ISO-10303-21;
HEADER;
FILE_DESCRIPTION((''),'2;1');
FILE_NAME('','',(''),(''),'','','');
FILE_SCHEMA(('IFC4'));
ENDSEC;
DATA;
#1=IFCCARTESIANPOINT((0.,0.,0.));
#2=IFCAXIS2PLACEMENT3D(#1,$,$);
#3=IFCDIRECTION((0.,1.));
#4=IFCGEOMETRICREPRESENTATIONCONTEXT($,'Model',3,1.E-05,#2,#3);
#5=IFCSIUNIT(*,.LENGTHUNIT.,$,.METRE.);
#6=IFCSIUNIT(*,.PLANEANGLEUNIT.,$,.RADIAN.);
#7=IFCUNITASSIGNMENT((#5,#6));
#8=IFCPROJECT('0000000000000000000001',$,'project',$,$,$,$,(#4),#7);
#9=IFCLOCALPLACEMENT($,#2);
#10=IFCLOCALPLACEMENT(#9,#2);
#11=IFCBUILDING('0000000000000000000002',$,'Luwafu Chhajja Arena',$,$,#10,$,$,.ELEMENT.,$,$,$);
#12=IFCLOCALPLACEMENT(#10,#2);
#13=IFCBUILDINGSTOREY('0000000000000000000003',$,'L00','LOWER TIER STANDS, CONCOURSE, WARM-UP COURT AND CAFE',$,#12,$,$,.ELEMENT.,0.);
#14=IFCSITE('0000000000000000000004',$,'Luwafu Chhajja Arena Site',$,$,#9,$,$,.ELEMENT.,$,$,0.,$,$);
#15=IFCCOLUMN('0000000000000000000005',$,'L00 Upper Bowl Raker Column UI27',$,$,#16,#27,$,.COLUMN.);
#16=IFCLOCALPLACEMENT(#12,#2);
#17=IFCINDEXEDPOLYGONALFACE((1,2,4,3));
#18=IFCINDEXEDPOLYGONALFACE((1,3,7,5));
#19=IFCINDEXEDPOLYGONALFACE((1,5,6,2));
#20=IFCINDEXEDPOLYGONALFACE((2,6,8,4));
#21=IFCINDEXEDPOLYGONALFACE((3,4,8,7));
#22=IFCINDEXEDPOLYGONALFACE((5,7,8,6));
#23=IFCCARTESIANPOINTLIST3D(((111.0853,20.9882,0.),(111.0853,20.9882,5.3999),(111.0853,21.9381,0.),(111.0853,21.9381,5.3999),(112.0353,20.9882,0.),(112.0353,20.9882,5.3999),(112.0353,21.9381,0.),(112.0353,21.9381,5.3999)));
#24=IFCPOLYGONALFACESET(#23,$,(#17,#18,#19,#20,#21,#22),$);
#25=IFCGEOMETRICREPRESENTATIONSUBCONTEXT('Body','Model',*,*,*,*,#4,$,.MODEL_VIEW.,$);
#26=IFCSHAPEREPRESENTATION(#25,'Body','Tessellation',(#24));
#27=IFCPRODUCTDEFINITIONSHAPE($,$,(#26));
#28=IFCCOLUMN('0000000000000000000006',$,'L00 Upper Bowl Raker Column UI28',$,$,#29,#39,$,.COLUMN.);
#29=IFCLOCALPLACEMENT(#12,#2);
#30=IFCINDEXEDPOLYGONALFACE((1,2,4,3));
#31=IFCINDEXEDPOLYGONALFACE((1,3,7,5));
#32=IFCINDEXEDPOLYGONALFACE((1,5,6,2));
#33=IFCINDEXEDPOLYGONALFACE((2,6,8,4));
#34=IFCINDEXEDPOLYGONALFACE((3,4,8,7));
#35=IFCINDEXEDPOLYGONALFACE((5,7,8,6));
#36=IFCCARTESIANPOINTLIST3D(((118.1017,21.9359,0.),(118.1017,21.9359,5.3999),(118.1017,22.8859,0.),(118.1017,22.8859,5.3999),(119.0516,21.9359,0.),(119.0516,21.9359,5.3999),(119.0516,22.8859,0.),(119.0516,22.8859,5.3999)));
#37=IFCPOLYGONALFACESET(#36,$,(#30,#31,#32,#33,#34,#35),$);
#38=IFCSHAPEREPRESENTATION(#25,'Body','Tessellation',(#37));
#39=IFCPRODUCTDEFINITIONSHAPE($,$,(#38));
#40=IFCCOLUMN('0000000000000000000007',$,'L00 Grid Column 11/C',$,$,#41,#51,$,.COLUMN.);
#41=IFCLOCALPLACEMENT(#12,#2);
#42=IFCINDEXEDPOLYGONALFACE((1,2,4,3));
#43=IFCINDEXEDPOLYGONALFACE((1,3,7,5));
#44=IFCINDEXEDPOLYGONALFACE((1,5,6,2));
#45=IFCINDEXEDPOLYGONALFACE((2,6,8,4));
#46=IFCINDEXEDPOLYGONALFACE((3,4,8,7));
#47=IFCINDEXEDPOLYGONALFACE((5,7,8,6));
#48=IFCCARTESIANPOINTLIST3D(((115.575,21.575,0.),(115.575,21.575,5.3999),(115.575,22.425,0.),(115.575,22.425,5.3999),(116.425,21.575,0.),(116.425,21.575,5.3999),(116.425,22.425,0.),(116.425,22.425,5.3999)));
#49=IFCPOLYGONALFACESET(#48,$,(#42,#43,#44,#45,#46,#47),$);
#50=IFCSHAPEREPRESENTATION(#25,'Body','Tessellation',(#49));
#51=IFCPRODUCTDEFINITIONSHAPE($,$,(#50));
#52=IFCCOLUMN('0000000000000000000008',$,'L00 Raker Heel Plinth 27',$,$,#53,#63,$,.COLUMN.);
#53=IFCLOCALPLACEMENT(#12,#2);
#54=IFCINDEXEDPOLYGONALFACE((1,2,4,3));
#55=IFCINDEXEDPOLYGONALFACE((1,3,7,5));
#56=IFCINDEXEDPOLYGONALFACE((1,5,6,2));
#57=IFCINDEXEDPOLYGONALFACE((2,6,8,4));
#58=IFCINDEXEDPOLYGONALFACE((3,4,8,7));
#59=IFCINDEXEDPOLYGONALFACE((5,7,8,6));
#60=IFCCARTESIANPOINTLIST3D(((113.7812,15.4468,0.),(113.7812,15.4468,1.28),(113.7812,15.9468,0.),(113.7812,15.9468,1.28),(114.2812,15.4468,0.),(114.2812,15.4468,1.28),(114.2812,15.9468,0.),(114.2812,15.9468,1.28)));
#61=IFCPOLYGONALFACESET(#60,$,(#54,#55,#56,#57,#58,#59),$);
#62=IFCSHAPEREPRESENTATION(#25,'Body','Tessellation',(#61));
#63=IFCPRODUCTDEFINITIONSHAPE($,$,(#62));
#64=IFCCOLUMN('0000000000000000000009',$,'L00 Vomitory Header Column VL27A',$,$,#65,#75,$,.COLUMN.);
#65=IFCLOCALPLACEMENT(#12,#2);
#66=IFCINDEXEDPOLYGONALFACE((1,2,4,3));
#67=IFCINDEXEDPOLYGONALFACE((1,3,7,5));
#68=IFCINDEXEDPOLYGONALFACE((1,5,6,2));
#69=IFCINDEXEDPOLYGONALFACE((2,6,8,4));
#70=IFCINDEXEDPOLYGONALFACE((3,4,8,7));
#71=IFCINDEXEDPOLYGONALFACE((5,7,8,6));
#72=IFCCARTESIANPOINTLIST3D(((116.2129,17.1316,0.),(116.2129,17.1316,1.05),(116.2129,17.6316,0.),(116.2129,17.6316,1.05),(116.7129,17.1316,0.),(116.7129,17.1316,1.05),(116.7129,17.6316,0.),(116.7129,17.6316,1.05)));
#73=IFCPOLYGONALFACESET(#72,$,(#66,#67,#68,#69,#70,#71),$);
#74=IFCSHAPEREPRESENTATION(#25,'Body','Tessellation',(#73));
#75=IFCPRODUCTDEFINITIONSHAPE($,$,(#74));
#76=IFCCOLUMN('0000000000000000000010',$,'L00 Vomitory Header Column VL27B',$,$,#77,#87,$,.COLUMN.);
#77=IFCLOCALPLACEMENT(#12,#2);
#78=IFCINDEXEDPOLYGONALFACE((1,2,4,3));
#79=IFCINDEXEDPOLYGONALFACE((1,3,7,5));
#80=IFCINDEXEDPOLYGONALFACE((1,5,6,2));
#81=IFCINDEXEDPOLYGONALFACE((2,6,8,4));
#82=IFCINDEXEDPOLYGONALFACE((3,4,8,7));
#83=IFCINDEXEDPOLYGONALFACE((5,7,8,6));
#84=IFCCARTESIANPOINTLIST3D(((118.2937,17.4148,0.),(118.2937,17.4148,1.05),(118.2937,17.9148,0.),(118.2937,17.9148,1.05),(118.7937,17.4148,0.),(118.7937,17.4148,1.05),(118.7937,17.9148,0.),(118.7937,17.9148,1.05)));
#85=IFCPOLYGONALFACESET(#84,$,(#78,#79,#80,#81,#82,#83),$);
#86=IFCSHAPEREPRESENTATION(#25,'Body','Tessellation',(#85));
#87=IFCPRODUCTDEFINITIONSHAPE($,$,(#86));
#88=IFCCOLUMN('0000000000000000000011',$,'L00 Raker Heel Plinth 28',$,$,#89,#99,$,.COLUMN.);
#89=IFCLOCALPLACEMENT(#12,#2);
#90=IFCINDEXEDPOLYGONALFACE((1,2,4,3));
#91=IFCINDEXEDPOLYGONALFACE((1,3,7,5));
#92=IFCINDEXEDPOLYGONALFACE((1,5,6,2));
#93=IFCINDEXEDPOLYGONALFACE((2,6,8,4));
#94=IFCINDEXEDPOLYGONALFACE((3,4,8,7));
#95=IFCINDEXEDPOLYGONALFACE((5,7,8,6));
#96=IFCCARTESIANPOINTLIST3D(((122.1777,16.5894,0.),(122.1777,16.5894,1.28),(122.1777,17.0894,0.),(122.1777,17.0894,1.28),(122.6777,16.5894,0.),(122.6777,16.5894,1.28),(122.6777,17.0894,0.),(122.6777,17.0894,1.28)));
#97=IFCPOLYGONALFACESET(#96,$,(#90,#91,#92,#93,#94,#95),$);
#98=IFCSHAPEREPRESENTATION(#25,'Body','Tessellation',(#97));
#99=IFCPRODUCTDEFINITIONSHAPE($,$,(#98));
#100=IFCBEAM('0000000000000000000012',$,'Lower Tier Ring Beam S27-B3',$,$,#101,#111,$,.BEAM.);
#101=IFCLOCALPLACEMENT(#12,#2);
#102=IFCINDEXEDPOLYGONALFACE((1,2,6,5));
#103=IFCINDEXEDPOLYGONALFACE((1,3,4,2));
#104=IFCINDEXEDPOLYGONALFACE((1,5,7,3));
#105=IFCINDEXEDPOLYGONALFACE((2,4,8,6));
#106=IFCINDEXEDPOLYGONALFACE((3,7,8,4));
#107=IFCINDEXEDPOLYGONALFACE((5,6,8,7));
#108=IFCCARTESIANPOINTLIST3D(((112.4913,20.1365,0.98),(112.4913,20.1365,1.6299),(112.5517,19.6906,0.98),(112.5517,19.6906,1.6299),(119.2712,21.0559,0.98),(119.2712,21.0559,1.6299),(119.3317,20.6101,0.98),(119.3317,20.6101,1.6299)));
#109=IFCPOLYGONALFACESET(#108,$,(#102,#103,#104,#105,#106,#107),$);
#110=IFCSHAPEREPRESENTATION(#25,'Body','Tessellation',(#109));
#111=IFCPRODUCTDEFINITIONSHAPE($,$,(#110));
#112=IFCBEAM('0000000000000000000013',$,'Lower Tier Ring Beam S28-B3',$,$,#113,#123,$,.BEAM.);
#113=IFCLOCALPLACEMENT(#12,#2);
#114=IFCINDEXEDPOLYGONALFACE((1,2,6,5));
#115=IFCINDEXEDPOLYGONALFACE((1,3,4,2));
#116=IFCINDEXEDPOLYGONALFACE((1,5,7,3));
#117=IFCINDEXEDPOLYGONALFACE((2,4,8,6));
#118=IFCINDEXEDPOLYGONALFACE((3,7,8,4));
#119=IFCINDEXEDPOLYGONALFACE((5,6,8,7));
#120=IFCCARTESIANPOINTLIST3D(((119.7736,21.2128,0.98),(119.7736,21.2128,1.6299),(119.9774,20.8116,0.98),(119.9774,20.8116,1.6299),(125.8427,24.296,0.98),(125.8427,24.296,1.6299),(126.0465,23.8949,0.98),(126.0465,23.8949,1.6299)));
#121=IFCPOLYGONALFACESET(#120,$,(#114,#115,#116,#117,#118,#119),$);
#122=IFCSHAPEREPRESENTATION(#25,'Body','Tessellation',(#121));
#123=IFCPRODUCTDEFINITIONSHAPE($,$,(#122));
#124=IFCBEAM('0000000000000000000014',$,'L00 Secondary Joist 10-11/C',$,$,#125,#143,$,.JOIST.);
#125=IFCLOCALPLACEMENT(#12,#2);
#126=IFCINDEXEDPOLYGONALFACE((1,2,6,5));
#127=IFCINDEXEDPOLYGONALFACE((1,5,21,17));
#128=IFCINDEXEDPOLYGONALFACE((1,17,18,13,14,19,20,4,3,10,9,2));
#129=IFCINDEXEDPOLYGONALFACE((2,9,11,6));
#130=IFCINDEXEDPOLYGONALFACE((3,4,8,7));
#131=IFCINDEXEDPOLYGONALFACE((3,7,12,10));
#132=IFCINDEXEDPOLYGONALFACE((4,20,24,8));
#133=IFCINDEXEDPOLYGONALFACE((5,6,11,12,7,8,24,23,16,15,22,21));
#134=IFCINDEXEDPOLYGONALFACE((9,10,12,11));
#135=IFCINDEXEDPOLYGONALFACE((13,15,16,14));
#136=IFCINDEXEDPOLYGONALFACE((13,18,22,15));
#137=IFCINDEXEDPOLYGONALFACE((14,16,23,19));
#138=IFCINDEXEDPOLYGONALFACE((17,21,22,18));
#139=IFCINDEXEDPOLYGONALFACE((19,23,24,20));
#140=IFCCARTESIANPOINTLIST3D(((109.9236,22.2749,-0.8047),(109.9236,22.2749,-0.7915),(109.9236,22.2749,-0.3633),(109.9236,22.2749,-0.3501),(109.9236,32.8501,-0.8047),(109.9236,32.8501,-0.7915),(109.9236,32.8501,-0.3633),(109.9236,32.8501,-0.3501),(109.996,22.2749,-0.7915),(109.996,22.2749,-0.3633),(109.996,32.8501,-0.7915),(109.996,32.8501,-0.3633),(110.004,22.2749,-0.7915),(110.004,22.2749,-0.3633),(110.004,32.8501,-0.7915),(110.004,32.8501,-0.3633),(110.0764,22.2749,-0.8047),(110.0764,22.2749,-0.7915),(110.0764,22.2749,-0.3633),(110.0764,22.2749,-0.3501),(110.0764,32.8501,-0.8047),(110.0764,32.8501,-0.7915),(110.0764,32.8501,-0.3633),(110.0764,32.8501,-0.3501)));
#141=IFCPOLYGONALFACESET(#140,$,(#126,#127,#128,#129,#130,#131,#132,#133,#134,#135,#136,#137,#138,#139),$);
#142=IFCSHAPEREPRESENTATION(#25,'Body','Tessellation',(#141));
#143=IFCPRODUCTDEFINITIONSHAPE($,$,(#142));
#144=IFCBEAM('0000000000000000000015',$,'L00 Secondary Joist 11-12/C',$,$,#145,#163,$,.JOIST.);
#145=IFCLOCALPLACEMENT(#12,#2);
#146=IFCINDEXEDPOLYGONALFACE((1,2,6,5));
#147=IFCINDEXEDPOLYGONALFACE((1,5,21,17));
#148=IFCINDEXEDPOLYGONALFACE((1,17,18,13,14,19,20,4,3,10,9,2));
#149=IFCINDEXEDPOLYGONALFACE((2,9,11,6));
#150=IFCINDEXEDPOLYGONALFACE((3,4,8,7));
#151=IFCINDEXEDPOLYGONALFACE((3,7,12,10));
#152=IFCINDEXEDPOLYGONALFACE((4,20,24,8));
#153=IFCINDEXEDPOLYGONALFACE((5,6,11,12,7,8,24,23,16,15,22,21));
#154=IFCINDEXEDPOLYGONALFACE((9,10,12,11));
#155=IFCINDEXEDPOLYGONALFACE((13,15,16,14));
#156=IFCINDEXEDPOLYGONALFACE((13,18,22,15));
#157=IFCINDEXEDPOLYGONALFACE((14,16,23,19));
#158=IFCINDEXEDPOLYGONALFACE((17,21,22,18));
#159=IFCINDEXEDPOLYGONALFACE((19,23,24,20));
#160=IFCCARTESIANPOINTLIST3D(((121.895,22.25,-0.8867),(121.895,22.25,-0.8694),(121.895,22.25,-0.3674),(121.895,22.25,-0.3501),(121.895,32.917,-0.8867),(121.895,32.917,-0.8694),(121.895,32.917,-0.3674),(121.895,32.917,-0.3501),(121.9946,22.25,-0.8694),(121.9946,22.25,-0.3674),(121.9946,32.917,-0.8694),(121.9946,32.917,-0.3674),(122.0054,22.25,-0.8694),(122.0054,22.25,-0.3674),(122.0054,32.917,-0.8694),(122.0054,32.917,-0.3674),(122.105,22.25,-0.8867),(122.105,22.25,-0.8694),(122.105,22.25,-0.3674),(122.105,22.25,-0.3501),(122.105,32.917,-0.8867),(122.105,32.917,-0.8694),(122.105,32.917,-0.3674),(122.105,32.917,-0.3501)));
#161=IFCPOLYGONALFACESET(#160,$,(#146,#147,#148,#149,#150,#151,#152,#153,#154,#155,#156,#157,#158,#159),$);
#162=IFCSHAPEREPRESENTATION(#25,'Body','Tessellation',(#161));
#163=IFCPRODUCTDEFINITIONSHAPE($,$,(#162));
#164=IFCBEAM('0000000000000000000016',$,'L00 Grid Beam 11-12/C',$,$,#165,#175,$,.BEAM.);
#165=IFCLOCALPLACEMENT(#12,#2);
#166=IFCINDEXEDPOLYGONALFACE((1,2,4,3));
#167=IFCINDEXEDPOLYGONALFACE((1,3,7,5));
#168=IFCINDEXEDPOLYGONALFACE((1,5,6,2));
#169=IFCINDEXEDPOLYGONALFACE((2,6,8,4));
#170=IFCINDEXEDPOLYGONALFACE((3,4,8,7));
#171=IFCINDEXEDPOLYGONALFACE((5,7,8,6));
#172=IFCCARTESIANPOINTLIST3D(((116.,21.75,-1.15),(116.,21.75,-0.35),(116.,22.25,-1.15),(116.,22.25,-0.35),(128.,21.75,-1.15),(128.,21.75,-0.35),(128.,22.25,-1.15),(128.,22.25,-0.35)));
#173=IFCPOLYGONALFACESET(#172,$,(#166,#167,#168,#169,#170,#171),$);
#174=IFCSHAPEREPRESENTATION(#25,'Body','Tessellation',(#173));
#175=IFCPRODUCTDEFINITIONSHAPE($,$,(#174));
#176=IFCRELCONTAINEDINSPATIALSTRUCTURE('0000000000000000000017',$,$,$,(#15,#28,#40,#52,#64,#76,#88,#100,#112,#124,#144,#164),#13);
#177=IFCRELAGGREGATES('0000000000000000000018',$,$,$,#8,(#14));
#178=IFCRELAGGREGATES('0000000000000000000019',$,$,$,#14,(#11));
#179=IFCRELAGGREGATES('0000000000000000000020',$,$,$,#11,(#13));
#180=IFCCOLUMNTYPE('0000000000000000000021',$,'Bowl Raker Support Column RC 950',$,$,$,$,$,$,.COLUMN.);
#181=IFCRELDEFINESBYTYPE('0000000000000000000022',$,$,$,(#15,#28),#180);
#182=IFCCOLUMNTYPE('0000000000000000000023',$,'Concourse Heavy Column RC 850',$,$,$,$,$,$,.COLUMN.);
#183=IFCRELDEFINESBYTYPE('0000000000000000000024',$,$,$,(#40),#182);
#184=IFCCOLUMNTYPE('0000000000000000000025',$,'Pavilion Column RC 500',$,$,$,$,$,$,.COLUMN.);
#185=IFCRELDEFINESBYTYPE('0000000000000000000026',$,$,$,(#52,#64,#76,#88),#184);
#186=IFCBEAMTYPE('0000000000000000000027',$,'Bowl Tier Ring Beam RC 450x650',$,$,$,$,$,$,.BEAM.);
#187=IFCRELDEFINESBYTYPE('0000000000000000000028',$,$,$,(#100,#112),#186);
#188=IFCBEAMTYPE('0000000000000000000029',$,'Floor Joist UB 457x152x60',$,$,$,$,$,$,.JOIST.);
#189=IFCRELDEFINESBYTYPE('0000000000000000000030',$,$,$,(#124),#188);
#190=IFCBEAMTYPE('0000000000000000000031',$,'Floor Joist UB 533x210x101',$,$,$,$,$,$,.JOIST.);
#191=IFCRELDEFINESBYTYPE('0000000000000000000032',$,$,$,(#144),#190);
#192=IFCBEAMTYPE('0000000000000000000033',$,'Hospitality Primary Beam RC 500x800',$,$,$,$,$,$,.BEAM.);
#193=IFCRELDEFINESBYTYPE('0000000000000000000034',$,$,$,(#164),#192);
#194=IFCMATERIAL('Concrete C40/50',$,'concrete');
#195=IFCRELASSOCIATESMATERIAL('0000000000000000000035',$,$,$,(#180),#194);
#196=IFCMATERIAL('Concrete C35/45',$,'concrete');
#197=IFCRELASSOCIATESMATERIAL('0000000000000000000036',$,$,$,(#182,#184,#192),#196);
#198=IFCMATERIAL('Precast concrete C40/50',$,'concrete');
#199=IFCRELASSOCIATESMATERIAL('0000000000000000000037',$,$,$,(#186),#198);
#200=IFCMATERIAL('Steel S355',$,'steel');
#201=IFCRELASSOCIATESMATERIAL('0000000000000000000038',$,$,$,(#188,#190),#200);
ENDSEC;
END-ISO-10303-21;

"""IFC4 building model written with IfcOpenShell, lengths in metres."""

from ifc_helpers import new_model, si_unit, direction, frame, origin, origin_2d, place, context, subcontext, project, spatial, rectangle, i_section, extrude, material, material_profile, profile_set, type_object, element, save


model = new_model("IFC4")

# Units and contexts
model_context = context("Model", 3, precision=1e-05, world=origin(), true_north=direction((0.0, 1.0)))
body_context = subcontext(model_context, "Body", "Model", "MODEL_VIEW")
ifc_project = project(units=[si_unit("LENGTHUNIT", "METRE"), si_unit("PLANEANGLEUNIT", "RADIAN")], contexts=[model_context])

# Site, building, storey
site_placement = place(None, origin())
site = spatial("IfcSite", under=ifc_project, at=site_placement, Name="Luwafu Chhajja Arena Site", CompositionType="ELEMENT", RefElevation=0.0)
building_placement = place(site_placement, origin())
building = spatial("IfcBuilding", under=site, at=building_placement, Name="Luwafu Chhajja Arena", CompositionType="ELEMENT")
storey_placement = place(building_placement, origin())
storey = spatial("IfcBuildingStorey", under=building, at=storey_placement, Name="L00", Description="LOWER TIER STANDS, CONCOURSE, WARM-UP COURT AND CAFE", CompositionType="ELEMENT", Elevation=0.0)

# Columns
ifc_material_1 = material(Name="Concrete C40/50", Category="concrete")
ifc_material_profile_1 = material_profile(ifc_material_1, rectangle(XDim=0.95, YDim=0.95, at=origin_2d()), Name="RC 950x950")
ifc_profile_set_1 = profile_set([ifc_material_profile_1], Name="Concrete C40/50")
column_type_1 = type_object("IfcColumnType", Name="Bowl Raker Support Column RC 950", PredefinedType="COLUMN", material=ifc_profile_set_1)
for number, where, z_axis, x_axis, name in (
    (1, (111.5603, 21.4631, 0.0), (0.0, 0.0, 1.0), (1.0, 0.0, 0.0), "L00 Upper Bowl Raker Column UI27"),
    (2, (118.5767, 22.4109, 0.0), (0.0, 0.0, 1.0), (1.0, 0.0, 0.0), "L00 Upper Bowl Raker Column UI28"),
):
    element("IfcColumn", number, at=place(storey_placement, frame(where, z_axis=z_axis, x_axis=x_axis)), inside=storey, type_object=column_type_1, Name=name, PredefinedType="COLUMN", context=body_context, shape_type="SweptSolid", body=[
        extrude(rectangle(XDim=0.95, YDim=0.95, at=origin_2d()), origin(), (0.0, 0.0, 1.0), 5.3999),
    ])
ifc_material_2 = material(Name="Concrete C35/45", Category="concrete")
ifc_material_profile_2 = material_profile(ifc_material_2, rectangle(XDim=0.8501, YDim=0.8501, at=origin_2d()), Name="RC 850x850")
ifc_profile_set_2 = profile_set([ifc_material_profile_2], Name="Concrete C35/45")
column_type_2 = type_object("IfcColumnType", Name="Concourse Heavy Column RC 850", PredefinedType="COLUMN", material=ifc_profile_set_2)
column_1_placement = place(storey_placement, frame((116.0, 22.0, 0.0), z_axis=(0.0, 0.0, 1.0), x_axis=(1.0, 0.0, 0.0)))
element("IfcColumn", 3, at=column_1_placement, inside=storey, type_object=column_type_2, Name="L00 Grid Column 11/C", PredefinedType="COLUMN", context=body_context, shape_type="SweptSolid", body=[
    extrude(rectangle(XDim=0.8501, YDim=0.8501, at=origin_2d()), origin(), (0.0, 0.0, 1.0), 5.3999),
])
ifc_material_profile_3 = material_profile(ifc_material_2, rectangle(XDim=0.5, YDim=0.5, at=origin_2d()), Name="RC 500x500")
ifc_profile_set_3 = profile_set([ifc_material_profile_3], Name="Concrete C35/45")
column_type_3 = type_object("IfcColumnType", Name="Pavilion Column RC 500", PredefinedType="COLUMN", material=ifc_profile_set_3)
column_2_placement = place(storey_placement, frame((114.0312, 15.6968, 0.0), z_axis=(0.0, 0.0, 1.0), x_axis=(1.0, 0.0, 0.0)))
element("IfcColumn", 4, at=column_2_placement, inside=storey, type_object=column_type_3, Name="L00 Raker Heel Plinth 27", PredefinedType="COLUMN", context=body_context, shape_type="SweptSolid", body=[
    extrude(rectangle(XDim=0.5, YDim=0.5, at=origin_2d()), origin(), (0.0, 0.0, 1.0), 1.28),
])
for number, where, z_axis, x_axis, name in (
    (5, (116.4629, 17.3816, 0.0), (0.0, 0.0, 1.0), (1.0, 0.0, 0.0), "L00 Vomitory Header Column VL27A"),
    (6, (118.5437, 17.6648, 0.0), (0.0, 0.0, 1.0), (1.0, 0.0, 0.0), "L00 Vomitory Header Column VL27B"),
):
    element("IfcColumn", number, at=place(storey_placement, frame(where, z_axis=z_axis, x_axis=x_axis)), inside=storey, type_object=column_type_3, Name=name, PredefinedType="COLUMN", context=body_context, shape_type="SweptSolid", body=[
        extrude(rectangle(XDim=0.5, YDim=0.5, at=origin_2d()), origin(), (0.0, 0.0, 1.0), 1.05),
    ])
column_3_placement = place(storey_placement, frame((122.4277, 16.8394, 0.0), z_axis=(0.0, 0.0, 1.0), x_axis=(1.0, 0.0, 0.0)))
element("IfcColumn", 7, at=column_3_placement, inside=storey, type_object=column_type_3, Name="L00 Raker Heel Plinth 28", PredefinedType="COLUMN", context=body_context, shape_type="SweptSolid", body=[
    extrude(rectangle(XDim=0.5, YDim=0.5, at=origin_2d()), origin(), (0.0, 0.0, 1.0), 1.28),
])

# Beams
ifc_material_3 = material(Name="Precast concrete C40/50", Category="concrete")
ifc_material_profile_4 = material_profile(ifc_material_3, rectangle(XDim=0.45, YDim=0.6499, at=origin_2d()), Name="RC 450x650")
ifc_profile_set_4 = profile_set([ifc_material_profile_4], Name="Precast concrete C40/50")
beam_type_1 = type_object("IfcBeamType", Name="Bowl Tier Ring Beam RC 450x650", PredefinedType="BEAM", material=ifc_profile_set_4)
beam_1_placement = place(storey_placement, frame((112.5215, 19.9136, 1.3049), z_axis=(0.99093, 0.134379, 0.0), x_axis=(-0.134379, 0.99093, 0.0)))
element("IfcBeam", 8, at=beam_1_placement, inside=storey, type_object=beam_type_1, Name="Lower Tier Ring Beam S27-B3", PredefinedType="BEAM", context=body_context, shape_type="SweptSolid", body=[
    extrude(rectangle(XDim=0.45, YDim=0.6499, at=origin_2d()), origin(), (0.0, 0.0, 1.0), 6.842),
])
beam_2_placement = place(storey_placement, frame((119.8755, 21.0122, 1.3049), z_axis=(0.891547, 0.452928, 0.0), x_axis=(-0.452928, 0.891547, 0.0)))
element("IfcBeam", 9, at=beam_2_placement, inside=storey, type_object=beam_type_1, Name="Lower Tier Ring Beam S28-B3", PredefinedType="BEAM", context=body_context, shape_type="SweptSolid", body=[
    extrude(rectangle(XDim=0.45, YDim=0.6499, at=origin_2d()), origin(), (0.0, 0.0, 1.0), 6.8074),
])
ifc_material_4 = material(Name="Steel S355", Category="steel")
ifc_material_profile_5 = material_profile(ifc_material_4, i_section(OverallWidth=0.1528, OverallDepth=0.4546, WebThickness=0.0081, FlangeThickness=0.0132, at=origin_2d()), Name="UB 457x152x60")
ifc_profile_set_5 = profile_set([ifc_material_profile_5], Name="Steel S355")
beam_type_2 = type_object("IfcBeamType", Name="Floor Joist UB 457x152x60", PredefinedType="JOIST", material=ifc_profile_set_5)
beam_3_placement = place(storey_placement, frame((110.0, 22.2749, -0.5774), z_axis=(0.0, 1.0, 0.0), x_axis=(-1.0, 0.0, 0.0)))
element("IfcBeam", 10, at=beam_3_placement, inside=storey, type_object=beam_type_2, Name="L00 Secondary Joist 10-11/C", PredefinedType="JOIST", context=body_context, shape_type="SweptSolid", body=[
    extrude(i_section(OverallWidth=0.1528, OverallDepth=0.4546, WebThickness=0.0081, FlangeThickness=0.0132, at=origin_2d()), origin(), (0.0, 0.0, 1.0), 10.5752),
])
ifc_material_profile_6 = material_profile(ifc_material_4, i_section(OverallWidth=0.21, OverallDepth=0.5366, WebThickness=0.0107, FlangeThickness=0.0173, at=origin_2d()), Name="UB 533x210x101")
ifc_profile_set_6 = profile_set([ifc_material_profile_6], Name="Steel S355")
beam_type_3 = type_object("IfcBeamType", Name="Floor Joist UB 533x210x101", PredefinedType="JOIST", material=ifc_profile_set_6)
beam_4_placement = place(storey_placement, frame((122.0, 22.25, -0.6184), z_axis=(0.0, 1.0, 0.0), x_axis=(-1.0, 0.0, 0.0)))
element("IfcBeam", 11, at=beam_4_placement, inside=storey, type_object=beam_type_3, Name="L00 Secondary Joist 11-12/C", PredefinedType="JOIST", context=body_context, shape_type="SweptSolid", body=[
    extrude(i_section(OverallWidth=0.21, OverallDepth=0.5366, WebThickness=0.0107, FlangeThickness=0.0173, at=origin_2d()), origin(), (0.0, 0.0, 1.0), 10.667),
])
ifc_material_profile_7 = material_profile(ifc_material_2, rectangle(XDim=0.5, YDim=0.8, at=origin_2d()), Name="RC 500x800")
ifc_profile_set_7 = profile_set([ifc_material_profile_7], Name="Concrete C35/45")
beam_type_4 = type_object("IfcBeamType", Name="Hospitality Primary Beam RC 500x800", PredefinedType="BEAM", material=ifc_profile_set_7)
beam_5_placement = place(storey_placement, frame((116.0, 22.0, -0.75), z_axis=(1.0, 0.0, 0.0), x_axis=(0.0, 1.0, 0.0)))
element("IfcBeam", 12, at=beam_5_placement, inside=storey, type_object=beam_type_4, Name="L00 Grid Beam 11-12/C", PredefinedType="BEAM", context=body_context, shape_type="SweptSolid", body=[
    extrude(rectangle(XDim=0.5, YDim=0.8, at=origin_2d()), origin(), (0.0, 0.0, 1.0), 12.0),
])

save(model, "model.ifc")
